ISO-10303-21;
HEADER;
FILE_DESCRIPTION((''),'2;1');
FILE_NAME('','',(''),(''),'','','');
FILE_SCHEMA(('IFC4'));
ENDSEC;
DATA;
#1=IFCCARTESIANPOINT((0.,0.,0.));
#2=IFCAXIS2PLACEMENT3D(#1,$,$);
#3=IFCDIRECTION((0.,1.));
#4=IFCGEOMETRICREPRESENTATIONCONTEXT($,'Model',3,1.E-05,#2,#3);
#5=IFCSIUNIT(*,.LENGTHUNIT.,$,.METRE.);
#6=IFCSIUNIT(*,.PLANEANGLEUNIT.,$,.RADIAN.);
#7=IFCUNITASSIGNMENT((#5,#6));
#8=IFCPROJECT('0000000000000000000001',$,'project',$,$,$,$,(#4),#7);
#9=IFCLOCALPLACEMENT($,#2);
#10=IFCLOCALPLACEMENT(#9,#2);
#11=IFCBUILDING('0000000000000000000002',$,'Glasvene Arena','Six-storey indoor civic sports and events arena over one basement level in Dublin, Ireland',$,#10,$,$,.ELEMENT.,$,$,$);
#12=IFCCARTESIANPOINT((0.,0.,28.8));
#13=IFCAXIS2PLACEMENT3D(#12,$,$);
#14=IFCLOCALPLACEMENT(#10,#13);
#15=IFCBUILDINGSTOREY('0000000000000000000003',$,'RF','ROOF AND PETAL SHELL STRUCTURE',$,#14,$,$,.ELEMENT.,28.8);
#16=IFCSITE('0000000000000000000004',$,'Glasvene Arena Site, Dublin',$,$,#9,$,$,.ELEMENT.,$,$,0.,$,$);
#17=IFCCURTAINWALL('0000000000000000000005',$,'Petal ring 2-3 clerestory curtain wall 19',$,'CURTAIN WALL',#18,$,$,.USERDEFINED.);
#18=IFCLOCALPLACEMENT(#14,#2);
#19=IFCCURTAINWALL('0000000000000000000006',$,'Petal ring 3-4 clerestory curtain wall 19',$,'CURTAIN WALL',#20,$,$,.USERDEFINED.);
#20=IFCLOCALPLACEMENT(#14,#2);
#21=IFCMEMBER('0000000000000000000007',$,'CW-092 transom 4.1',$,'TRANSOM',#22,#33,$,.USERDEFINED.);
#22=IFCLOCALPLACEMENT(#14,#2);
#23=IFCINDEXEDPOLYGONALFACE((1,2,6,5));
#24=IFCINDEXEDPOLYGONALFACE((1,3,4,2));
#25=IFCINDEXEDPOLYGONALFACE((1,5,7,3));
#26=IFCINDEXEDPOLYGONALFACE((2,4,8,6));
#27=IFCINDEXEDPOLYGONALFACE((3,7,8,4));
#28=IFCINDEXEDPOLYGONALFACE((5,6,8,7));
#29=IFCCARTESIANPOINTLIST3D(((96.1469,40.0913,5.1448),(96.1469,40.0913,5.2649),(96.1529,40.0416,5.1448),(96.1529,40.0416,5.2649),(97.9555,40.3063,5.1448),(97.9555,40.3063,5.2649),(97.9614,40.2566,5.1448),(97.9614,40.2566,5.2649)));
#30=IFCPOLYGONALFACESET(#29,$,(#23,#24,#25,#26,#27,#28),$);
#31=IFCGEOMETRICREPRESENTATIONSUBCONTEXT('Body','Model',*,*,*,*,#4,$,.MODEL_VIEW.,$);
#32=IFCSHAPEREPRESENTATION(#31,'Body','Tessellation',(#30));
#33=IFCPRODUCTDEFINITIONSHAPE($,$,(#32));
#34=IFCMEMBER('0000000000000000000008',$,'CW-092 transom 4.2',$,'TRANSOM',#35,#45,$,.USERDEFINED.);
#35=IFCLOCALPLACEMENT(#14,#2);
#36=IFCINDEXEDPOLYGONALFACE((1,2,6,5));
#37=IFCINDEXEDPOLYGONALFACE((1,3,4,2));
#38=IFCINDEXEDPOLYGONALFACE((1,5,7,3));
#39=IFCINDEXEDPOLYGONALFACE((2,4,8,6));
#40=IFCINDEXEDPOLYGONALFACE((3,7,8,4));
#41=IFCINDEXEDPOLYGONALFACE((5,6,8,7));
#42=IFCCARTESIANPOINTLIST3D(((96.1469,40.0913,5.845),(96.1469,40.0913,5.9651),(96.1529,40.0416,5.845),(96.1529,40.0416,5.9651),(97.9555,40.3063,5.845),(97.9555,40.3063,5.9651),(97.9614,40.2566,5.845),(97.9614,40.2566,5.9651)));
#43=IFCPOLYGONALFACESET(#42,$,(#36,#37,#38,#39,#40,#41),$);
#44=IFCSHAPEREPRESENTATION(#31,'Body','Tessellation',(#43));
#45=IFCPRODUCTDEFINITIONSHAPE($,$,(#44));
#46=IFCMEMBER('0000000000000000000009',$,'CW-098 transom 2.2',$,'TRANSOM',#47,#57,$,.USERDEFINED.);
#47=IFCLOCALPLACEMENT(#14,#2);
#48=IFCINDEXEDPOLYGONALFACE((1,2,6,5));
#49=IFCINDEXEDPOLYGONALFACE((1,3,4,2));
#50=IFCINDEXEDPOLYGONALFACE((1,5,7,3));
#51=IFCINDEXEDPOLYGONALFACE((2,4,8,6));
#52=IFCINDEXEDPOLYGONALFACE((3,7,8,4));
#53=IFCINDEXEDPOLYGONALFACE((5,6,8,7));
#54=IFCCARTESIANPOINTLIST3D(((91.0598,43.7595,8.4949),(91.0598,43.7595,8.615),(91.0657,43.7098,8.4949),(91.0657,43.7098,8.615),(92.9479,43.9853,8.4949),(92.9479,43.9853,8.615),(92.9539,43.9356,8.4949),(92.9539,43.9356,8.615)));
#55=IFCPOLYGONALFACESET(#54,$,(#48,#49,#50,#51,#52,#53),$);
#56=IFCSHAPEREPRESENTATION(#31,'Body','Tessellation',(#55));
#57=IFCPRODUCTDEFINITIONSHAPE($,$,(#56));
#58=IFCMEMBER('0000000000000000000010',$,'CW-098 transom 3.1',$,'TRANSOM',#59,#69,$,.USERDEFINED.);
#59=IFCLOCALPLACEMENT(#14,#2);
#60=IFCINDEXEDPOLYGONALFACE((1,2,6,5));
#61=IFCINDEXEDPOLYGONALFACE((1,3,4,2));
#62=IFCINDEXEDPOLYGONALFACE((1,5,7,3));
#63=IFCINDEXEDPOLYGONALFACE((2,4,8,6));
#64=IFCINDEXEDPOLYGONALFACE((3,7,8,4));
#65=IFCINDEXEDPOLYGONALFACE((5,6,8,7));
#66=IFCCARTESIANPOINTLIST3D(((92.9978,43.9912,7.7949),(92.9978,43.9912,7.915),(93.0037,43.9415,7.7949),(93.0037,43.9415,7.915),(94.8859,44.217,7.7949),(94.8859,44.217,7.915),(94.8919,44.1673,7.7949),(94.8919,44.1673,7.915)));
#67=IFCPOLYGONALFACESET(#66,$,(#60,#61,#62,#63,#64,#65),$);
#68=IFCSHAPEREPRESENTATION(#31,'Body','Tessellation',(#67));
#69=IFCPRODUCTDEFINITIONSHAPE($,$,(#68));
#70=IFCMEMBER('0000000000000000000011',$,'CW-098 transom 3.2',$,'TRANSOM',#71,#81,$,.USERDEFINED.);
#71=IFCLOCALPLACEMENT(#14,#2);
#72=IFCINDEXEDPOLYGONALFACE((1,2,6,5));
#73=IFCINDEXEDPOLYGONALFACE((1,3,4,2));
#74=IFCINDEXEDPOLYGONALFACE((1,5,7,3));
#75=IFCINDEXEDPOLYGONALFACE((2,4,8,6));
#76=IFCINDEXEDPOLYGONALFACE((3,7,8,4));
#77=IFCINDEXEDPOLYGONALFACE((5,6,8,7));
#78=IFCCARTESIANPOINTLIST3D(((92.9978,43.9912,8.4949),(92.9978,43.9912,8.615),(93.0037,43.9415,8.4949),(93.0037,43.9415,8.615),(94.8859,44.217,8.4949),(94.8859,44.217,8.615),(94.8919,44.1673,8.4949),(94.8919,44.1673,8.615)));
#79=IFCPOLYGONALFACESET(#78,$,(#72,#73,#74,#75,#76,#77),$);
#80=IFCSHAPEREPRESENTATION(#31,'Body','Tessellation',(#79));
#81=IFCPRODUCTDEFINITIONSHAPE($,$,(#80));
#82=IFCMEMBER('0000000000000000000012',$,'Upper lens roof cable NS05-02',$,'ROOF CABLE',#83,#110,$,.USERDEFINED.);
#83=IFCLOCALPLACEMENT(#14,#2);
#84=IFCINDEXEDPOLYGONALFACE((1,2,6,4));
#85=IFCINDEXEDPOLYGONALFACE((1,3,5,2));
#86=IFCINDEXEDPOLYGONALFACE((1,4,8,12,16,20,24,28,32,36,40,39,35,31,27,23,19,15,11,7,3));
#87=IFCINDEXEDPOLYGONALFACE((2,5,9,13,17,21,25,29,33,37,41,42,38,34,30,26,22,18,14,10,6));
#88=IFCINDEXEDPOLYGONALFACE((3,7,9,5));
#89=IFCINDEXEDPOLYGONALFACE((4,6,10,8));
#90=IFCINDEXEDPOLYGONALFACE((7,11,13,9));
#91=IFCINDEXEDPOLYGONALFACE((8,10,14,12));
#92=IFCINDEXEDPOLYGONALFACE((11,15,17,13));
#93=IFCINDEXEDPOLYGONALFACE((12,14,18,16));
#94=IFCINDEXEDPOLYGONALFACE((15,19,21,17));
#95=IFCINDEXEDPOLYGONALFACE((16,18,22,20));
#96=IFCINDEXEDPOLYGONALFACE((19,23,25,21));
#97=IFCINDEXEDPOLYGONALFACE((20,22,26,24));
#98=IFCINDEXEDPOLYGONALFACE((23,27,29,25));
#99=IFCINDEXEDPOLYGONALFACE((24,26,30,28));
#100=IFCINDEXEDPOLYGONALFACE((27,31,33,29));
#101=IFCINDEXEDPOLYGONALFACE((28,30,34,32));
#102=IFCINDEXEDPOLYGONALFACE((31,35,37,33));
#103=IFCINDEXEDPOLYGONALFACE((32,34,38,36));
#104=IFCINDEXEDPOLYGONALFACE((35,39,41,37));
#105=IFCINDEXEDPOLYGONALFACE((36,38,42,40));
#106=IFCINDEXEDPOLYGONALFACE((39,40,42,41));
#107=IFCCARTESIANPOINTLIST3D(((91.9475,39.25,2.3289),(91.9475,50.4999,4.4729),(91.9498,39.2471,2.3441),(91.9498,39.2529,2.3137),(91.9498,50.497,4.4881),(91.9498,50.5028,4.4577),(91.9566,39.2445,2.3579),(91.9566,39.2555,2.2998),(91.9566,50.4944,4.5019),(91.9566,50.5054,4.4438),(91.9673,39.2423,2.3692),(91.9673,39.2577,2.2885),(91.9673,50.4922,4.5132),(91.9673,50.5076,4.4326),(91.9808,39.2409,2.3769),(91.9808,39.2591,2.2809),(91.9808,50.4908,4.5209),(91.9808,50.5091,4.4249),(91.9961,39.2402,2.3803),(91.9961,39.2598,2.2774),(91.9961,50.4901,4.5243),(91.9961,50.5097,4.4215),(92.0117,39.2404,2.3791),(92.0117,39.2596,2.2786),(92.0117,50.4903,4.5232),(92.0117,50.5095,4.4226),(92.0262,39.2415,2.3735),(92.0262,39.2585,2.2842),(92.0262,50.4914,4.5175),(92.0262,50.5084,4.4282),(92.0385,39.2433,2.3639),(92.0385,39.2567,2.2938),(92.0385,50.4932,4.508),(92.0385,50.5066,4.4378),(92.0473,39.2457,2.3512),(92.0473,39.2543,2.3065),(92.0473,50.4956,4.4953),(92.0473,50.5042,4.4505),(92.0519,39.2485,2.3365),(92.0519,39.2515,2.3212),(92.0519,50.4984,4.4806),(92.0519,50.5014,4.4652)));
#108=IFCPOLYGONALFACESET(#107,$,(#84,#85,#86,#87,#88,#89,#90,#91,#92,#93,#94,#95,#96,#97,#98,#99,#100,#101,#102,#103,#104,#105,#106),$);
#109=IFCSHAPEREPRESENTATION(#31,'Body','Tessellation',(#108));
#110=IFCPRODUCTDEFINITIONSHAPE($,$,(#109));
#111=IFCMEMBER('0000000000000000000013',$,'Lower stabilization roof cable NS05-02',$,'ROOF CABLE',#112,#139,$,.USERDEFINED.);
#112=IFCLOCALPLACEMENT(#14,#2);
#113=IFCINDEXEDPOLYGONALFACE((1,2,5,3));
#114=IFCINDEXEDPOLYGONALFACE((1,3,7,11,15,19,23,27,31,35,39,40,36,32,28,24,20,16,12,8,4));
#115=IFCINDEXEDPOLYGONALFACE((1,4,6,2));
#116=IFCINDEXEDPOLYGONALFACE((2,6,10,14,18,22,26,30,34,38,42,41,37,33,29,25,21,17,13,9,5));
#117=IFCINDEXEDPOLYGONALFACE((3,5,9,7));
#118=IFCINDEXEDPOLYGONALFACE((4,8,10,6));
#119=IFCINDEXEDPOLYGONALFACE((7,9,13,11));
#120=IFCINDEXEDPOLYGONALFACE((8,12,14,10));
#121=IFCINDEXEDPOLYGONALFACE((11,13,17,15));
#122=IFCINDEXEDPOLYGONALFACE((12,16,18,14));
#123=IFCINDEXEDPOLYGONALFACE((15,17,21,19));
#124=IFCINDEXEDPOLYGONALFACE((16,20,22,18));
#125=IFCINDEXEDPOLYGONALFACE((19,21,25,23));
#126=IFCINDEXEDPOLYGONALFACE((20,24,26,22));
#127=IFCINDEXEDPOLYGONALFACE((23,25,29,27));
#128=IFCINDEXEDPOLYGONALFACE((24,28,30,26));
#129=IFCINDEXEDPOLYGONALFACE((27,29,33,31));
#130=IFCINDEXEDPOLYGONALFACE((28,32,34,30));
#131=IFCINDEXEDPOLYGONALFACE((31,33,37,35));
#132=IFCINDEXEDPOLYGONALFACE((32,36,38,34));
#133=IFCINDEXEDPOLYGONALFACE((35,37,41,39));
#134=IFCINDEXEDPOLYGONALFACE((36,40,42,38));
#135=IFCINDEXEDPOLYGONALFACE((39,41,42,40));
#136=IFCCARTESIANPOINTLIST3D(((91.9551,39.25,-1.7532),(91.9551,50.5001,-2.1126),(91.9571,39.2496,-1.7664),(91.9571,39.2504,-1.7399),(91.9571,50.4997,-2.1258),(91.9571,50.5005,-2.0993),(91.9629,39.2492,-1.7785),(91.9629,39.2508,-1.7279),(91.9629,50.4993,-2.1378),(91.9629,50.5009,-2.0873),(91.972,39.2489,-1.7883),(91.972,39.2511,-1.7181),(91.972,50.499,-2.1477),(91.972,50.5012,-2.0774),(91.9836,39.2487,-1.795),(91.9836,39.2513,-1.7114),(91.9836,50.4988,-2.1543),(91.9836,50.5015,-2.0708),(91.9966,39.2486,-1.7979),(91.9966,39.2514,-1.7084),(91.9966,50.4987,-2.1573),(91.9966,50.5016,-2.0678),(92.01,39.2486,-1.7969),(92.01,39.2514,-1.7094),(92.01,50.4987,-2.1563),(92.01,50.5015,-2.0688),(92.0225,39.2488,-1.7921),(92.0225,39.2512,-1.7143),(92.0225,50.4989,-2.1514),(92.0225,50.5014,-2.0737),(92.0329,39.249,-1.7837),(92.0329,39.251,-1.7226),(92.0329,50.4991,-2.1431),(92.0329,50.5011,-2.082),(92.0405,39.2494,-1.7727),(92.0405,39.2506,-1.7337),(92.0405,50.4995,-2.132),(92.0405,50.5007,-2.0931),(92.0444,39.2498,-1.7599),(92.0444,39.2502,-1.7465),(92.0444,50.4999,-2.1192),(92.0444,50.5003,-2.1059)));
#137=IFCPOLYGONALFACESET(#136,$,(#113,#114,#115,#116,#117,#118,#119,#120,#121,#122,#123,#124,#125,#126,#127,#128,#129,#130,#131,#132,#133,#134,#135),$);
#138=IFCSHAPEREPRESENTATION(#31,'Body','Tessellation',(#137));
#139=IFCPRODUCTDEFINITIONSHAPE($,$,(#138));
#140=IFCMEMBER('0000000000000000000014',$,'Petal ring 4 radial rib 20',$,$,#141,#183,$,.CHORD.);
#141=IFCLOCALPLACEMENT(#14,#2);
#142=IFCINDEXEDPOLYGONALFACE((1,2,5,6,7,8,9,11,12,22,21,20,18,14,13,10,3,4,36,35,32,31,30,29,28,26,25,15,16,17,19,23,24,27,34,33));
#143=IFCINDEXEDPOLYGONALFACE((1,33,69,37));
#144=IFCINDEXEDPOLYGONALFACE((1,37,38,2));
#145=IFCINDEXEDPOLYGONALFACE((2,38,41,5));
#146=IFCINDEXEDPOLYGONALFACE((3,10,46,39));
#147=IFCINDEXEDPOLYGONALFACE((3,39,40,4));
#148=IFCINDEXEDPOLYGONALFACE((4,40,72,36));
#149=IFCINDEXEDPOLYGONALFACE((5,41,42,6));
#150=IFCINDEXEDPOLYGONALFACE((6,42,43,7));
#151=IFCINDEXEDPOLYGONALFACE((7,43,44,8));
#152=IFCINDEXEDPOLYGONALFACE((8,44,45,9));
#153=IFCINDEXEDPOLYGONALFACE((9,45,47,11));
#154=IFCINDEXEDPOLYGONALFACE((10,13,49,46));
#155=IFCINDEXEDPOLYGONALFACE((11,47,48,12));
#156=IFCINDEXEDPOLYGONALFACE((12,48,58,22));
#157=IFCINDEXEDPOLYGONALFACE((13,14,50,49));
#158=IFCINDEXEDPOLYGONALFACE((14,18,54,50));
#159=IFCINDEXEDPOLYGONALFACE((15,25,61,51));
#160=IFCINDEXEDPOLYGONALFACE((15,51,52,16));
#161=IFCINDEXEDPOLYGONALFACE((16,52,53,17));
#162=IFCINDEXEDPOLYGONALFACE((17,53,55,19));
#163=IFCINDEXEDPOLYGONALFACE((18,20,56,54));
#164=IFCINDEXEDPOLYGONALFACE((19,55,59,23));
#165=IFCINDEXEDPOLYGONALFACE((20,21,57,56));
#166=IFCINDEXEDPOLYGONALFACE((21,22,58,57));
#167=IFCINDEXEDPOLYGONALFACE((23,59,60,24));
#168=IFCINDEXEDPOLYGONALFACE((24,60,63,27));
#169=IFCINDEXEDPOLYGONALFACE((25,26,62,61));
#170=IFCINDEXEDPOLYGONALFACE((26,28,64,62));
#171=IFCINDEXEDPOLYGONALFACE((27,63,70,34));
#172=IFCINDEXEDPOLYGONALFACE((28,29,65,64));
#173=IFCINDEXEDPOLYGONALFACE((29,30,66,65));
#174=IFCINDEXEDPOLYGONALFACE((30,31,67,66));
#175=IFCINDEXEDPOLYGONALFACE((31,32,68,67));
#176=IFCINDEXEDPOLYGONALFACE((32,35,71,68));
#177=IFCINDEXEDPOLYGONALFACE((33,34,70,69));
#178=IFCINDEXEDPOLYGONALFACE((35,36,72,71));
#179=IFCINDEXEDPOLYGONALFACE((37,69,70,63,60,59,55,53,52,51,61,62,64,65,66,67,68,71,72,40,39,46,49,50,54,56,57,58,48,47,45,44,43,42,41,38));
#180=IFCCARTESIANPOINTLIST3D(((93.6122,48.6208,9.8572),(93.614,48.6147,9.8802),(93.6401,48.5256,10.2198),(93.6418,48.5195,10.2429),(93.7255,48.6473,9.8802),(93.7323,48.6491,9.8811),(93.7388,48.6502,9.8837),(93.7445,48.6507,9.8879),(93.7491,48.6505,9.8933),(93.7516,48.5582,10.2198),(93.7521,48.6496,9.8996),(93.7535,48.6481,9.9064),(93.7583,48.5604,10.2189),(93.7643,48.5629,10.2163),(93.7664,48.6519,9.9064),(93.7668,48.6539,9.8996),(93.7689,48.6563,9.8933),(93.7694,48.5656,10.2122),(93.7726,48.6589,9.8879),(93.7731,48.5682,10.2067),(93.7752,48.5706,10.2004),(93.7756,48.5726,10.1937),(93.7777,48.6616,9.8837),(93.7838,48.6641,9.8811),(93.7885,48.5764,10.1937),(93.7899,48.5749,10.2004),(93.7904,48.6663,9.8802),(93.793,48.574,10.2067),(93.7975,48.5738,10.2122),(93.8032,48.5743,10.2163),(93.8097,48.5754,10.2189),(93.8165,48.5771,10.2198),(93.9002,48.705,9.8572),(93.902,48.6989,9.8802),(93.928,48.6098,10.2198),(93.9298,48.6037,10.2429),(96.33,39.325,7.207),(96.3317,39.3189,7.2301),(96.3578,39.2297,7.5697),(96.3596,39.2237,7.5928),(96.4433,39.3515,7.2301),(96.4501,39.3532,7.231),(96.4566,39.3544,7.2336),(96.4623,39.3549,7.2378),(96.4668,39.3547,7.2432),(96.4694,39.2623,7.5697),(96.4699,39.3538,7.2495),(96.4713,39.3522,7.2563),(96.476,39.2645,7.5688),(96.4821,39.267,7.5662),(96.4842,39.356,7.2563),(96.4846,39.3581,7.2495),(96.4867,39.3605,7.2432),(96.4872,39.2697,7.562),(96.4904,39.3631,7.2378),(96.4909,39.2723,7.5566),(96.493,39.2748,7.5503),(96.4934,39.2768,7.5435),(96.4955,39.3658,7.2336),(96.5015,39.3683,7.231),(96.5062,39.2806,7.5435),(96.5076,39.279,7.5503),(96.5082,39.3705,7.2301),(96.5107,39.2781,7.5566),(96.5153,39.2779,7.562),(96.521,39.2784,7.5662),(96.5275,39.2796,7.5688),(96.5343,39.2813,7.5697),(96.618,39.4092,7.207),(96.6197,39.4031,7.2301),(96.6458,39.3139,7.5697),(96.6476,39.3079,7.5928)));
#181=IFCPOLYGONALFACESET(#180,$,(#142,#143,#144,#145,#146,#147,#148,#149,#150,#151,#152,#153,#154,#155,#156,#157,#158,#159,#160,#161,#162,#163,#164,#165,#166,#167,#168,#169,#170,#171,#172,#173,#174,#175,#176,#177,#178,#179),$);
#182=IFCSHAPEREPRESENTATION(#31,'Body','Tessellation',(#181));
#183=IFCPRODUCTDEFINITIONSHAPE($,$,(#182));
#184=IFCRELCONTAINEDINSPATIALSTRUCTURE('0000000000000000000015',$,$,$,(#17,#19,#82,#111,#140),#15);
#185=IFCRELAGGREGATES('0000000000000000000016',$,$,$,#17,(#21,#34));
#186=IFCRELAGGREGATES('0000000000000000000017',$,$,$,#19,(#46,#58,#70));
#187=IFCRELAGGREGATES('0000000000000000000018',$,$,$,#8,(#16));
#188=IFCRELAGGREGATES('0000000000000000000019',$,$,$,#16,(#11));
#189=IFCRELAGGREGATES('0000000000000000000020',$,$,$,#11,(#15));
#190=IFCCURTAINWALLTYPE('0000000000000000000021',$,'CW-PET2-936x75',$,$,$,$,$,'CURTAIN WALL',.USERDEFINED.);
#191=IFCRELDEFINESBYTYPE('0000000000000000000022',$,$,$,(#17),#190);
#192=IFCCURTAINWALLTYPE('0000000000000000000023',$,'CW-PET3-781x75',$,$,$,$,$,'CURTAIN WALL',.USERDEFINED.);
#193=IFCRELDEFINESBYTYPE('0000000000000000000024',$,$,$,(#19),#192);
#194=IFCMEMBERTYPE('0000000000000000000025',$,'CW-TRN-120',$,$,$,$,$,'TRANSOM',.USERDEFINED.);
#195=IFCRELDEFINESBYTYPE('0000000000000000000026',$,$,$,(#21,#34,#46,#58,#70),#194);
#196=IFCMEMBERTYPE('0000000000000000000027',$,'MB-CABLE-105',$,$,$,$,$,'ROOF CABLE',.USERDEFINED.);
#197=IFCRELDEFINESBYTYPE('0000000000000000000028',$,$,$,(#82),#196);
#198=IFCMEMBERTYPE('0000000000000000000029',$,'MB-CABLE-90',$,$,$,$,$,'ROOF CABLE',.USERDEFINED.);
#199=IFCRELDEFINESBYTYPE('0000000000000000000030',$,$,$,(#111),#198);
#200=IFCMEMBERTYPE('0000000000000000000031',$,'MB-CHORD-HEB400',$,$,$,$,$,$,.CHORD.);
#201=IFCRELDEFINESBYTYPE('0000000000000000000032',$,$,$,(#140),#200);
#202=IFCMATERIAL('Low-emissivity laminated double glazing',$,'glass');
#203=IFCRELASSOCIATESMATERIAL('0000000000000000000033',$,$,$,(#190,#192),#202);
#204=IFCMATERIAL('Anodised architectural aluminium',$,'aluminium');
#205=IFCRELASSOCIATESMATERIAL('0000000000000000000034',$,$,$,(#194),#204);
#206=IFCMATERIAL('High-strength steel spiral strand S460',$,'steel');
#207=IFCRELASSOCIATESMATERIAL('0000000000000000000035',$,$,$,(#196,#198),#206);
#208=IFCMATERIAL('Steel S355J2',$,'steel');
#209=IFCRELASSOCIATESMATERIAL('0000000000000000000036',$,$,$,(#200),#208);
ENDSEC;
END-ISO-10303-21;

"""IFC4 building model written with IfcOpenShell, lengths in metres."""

from ifc_helpers import new_model, si_unit, direction, frame, origin, origin_2d, place, context, subcontext, project, spatial, rectangle, circle, i_section, extrude, material, material_profile, profile_set, type_object, element, aggregate, save


model = new_model("IFC4")

# Units and contexts
model_context = context("Model", 3, precision=1e-05, world=origin(), true_north=direction((0.0, 1.0)))
body_context = subcontext(model_context, "Body", "Model", "MODEL_VIEW")
ifc_project = project(units=[si_unit("LENGTHUNIT", "METRE"), si_unit("PLANEANGLEUNIT", "RADIAN")], contexts=[model_context])

# Site, building, storey
site_placement = place(None, origin())
site = spatial("IfcSite", under=ifc_project, at=site_placement, Name="Glasvene Arena Site, Dublin", CompositionType="ELEMENT", RefElevation=0.0)
building_placement = place(site_placement, origin())
building = spatial("IfcBuilding", under=site, at=building_placement, Name="Glasvene Arena", Description="Six-storey indoor civic sports and events arena over one basement level in Dublin, Ireland", CompositionType="ELEMENT")
storey_placement = place(building_placement, frame((0.0, 0.0, 28.8)))
storey = spatial("IfcBuildingStorey", under=building, at=storey_placement, Name="RF", Description="ROOF AND PETAL SHELL STRUCTURE", CompositionType="ELEMENT", Elevation=28.8)

# Curtain wall
ifc_material_1 = material(Name="Low-emissivity laminated double glazing", Category="glass")
ifc_material_2 = material(Name="Anodised architectural aluminium", Category="aluminium")
curtain_wall_type_1 = type_object("IfcCurtainWallType", Name="CW-PET2-936x75", ElementType="CURTAIN WALL", PredefinedType="USERDEFINED", material=ifc_material_1)
curtain_wall_1_placement = place(storey_placement, frame((90.55, 39.3999, 0.0)))
curtain_wall_1 = element("IfcCurtainWall", 1, at=curtain_wall_1_placement, inside=storey, type_object=curtain_wall_type_1, Name="Petal ring 2-3 clerestory curtain wall 19", ObjectType="CURTAIN WALL", PredefinedType="USERDEFINED")

# Curtain wall
curtain_wall_type_2 = type_object("IfcCurtainWallType", Name="CW-PET3-781x75", ElementType="CURTAIN WALL", PredefinedType="USERDEFINED", material=ifc_material_1)
curtain_wall_2_placement = place(storey_placement, frame((89.1001, 43.5, 0.0)))
curtain_wall_2 = element("IfcCurtainWall", 2, at=curtain_wall_2_placement, inside=storey, type_object=curtain_wall_type_2, Name="Petal ring 3-4 clerestory curtain wall 19", ObjectType="CURTAIN WALL", PredefinedType="USERDEFINED")

# Members
ifc_material_profile_1 = material_profile(ifc_material_2, rectangle(XDim=0.05, YDim=0.1201, at=origin_2d()), Name="ALU TRANSOM 50x120")
ifc_profile_set_1 = profile_set([ifc_material_profile_1], Name="Anodised architectural aluminium")
member_type_1 = type_object("IfcMemberType", Name="CW-TRN-120", ElementType="TRANSOM", PredefinedType="USERDEFINED", material=ifc_profile_set_1)
member_1_placement = place(storey_placement, frame((96.1499, 40.0664, 5.2048), z_axis=(0.993003, 0.118093, 0.0), x_axis=(-0.118093, 0.993003, 0.0)))
member_1 = element("IfcMember", 3, at=member_1_placement, type_object=member_type_1, Name="CW-092 transom 4.1", ObjectType="TRANSOM", PredefinedType="USERDEFINED", context=body_context, shape_type="SweptSolid", body=[
    extrude(rectangle(XDim=0.05, YDim=0.1201, at=origin_2d()), origin(), (0.0, 0.0, 1.0), 1.8213),
])
member_2_placement = place(storey_placement, frame((96.1499, 40.0664, 5.905), z_axis=(0.993003, 0.118093, 0.0), x_axis=(-0.118093, 0.993003, 0.0)))
member_2 = element("IfcMember", 4, at=member_2_placement, type_object=member_type_1, Name="CW-092 transom 4.2", ObjectType="TRANSOM", PredefinedType="USERDEFINED", context=body_context, shape_type="SweptSolid", body=[
    extrude(rectangle(XDim=0.05, YDim=0.1201, at=origin_2d()), origin(), (0.0, 0.0, 1.0), 1.8213),
])
member_3_placement = place(storey_placement, frame((91.0627, 43.7346, 8.5549), z_axis=(0.992924, 0.118755, 0.0), x_axis=(-0.118755, 0.992924, 0.0)))
member_3 = element("IfcMember", 5, at=member_3_placement, type_object=member_type_1, Name="CW-098 transom 2.2", ObjectType="TRANSOM", PredefinedType="USERDEFINED", context=body_context, shape_type="SweptSolid", body=[
    extrude(rectangle(XDim=0.05, YDim=0.1201, at=origin_2d()), origin(), (0.0, 0.0, 1.0), 1.9016),
])
member_4_placement = place(storey_placement, frame((93.0007, 43.9663, 7.855), z_axis=(0.992924, 0.118755, 0.0), x_axis=(-0.118755, 0.992924, 0.0)))
member_4 = element("IfcMember", 6, at=member_4_placement, type_object=member_type_1, Name="CW-098 transom 3.1", ObjectType="TRANSOM", PredefinedType="USERDEFINED", context=body_context, shape_type="SweptSolid", body=[
    extrude(rectangle(XDim=0.05, YDim=0.1201, at=origin_2d()), origin(), (0.0, 0.0, 1.0), 1.9016),
])
member_5_placement = place(storey_placement, frame((93.0007, 43.9663, 8.5549), z_axis=(0.992924, 0.118755, 0.0), x_axis=(-0.118755, 0.992924, 0.0)))
member_5 = element("IfcMember", 7, at=member_5_placement, type_object=member_type_1, Name="CW-098 transom 3.2", ObjectType="TRANSOM", PredefinedType="USERDEFINED", context=body_context, shape_type="SweptSolid", body=[
    extrude(rectangle(XDim=0.05, YDim=0.1201, at=origin_2d()), origin(), (0.0, 0.0, 1.0), 1.9016),
])

# Members
ifc_material_3 = material(Name="High-strength steel spiral strand S460", Category="steel")
ifc_material_profile_2 = material_profile(ifc_material_3, circle(Radius=0.0525, at=origin_2d()), Name="LCSS D105")
ifc_profile_set_2 = profile_set([ifc_material_profile_2], Name="High-strength steel spiral strand S460")
member_type_2 = type_object("IfcMemberType", Name="MB-CABLE-105", ElementType="ROOF CABLE", PredefinedType="USERDEFINED", material=ifc_profile_set_2)
member_6_placement = place(storey_placement, frame((92.0, 39.25, 2.3289), z_axis=(0.0, 0.98232, 0.187212), x_axis=(-1.0, 0.0, 0.0)))
element("IfcMember", 8, at=member_6_placement, inside=storey, type_object=member_type_2, Name="Upper lens roof cable NS05-02", ObjectType="ROOF CABLE", PredefinedType="USERDEFINED", context=body_context, shape_type="SweptSolid", body=[
    extrude(circle(Radius=0.0525, at=origin_2d()), origin(), (0.0, 0.0, 1.0), 11.4524),
])
ifc_material_profile_3 = material_profile(ifc_material_3, circle(Radius=0.0449, at=origin_2d()), Name="LCSS D90")
ifc_profile_set_3 = profile_set([ifc_material_profile_3], Name="High-strength steel spiral strand S460")
member_type_3 = type_object("IfcMemberType", Name="MB-CABLE-90", ElementType="ROOF CABLE", PredefinedType="USERDEFINED", material=ifc_profile_set_3)
member_7_placement = place(storey_placement, frame((92.0, 39.25, -1.7532), z_axis=(0.0, 0.99949, -0.031928), x_axis=(-1.0, 0.0, 0.0)))
element("IfcMember", 9, at=member_7_placement, inside=storey, type_object=member_type_3, Name="Lower stabilization roof cable NS05-02", ObjectType="ROOF CABLE", PredefinedType="USERDEFINED", context=body_context, shape_type="SweptSolid", body=[
    extrude(circle(Radius=0.0449, at=origin_2d()), origin(), (0.0, 0.0, 1.0), 11.2559),
])
ifc_material_4 = material(Name="Steel S355J2", Category="steel")
ifc_material_profile_4 = material_profile(ifc_material_4, i_section(OverallWidth=0.3, OverallDepth=0.3999, WebThickness=0.0134, FlangeThickness=0.0239, FilletRadius=0.0271, at=origin_2d()), Name="HEB 400")
ifc_profile_set_4 = profile_set([ifc_material_profile_4], Name="Steel S355J2")
member_type_4 = type_object("IfcMemberType", Name="MB-CHORD-HEB400", PredefinedType="CHORD", material=ifc_profile_set_4)
member_8_placement = place(storey_placement, frame((96.4888, 39.3164, 7.3999), z_axis=(-0.270665, 0.925787, 0.26393), x_axis=(-0.95982, -0.280616, 0.0)))
element("IfcMember", 10, at=member_8_placement, inside=storey, type_object=member_type_4, Name="Petal ring 4 radial rib 20", PredefinedType="CHORD", context=body_context, shape_type="SweptSolid", body=[
    extrude(i_section(OverallWidth=0.3, OverallDepth=0.3999, WebThickness=0.0134, FlangeThickness=0.0239, FilletRadius=0.0271, at=origin_2d()), origin(), (0.0, 0.0, 1.0), 10.041),
])

aggregate(curtain_wall_1, [member_1, member_2])
aggregate(curtain_wall_2, [member_3, member_4, member_5])

save(model, "model.ifc")
